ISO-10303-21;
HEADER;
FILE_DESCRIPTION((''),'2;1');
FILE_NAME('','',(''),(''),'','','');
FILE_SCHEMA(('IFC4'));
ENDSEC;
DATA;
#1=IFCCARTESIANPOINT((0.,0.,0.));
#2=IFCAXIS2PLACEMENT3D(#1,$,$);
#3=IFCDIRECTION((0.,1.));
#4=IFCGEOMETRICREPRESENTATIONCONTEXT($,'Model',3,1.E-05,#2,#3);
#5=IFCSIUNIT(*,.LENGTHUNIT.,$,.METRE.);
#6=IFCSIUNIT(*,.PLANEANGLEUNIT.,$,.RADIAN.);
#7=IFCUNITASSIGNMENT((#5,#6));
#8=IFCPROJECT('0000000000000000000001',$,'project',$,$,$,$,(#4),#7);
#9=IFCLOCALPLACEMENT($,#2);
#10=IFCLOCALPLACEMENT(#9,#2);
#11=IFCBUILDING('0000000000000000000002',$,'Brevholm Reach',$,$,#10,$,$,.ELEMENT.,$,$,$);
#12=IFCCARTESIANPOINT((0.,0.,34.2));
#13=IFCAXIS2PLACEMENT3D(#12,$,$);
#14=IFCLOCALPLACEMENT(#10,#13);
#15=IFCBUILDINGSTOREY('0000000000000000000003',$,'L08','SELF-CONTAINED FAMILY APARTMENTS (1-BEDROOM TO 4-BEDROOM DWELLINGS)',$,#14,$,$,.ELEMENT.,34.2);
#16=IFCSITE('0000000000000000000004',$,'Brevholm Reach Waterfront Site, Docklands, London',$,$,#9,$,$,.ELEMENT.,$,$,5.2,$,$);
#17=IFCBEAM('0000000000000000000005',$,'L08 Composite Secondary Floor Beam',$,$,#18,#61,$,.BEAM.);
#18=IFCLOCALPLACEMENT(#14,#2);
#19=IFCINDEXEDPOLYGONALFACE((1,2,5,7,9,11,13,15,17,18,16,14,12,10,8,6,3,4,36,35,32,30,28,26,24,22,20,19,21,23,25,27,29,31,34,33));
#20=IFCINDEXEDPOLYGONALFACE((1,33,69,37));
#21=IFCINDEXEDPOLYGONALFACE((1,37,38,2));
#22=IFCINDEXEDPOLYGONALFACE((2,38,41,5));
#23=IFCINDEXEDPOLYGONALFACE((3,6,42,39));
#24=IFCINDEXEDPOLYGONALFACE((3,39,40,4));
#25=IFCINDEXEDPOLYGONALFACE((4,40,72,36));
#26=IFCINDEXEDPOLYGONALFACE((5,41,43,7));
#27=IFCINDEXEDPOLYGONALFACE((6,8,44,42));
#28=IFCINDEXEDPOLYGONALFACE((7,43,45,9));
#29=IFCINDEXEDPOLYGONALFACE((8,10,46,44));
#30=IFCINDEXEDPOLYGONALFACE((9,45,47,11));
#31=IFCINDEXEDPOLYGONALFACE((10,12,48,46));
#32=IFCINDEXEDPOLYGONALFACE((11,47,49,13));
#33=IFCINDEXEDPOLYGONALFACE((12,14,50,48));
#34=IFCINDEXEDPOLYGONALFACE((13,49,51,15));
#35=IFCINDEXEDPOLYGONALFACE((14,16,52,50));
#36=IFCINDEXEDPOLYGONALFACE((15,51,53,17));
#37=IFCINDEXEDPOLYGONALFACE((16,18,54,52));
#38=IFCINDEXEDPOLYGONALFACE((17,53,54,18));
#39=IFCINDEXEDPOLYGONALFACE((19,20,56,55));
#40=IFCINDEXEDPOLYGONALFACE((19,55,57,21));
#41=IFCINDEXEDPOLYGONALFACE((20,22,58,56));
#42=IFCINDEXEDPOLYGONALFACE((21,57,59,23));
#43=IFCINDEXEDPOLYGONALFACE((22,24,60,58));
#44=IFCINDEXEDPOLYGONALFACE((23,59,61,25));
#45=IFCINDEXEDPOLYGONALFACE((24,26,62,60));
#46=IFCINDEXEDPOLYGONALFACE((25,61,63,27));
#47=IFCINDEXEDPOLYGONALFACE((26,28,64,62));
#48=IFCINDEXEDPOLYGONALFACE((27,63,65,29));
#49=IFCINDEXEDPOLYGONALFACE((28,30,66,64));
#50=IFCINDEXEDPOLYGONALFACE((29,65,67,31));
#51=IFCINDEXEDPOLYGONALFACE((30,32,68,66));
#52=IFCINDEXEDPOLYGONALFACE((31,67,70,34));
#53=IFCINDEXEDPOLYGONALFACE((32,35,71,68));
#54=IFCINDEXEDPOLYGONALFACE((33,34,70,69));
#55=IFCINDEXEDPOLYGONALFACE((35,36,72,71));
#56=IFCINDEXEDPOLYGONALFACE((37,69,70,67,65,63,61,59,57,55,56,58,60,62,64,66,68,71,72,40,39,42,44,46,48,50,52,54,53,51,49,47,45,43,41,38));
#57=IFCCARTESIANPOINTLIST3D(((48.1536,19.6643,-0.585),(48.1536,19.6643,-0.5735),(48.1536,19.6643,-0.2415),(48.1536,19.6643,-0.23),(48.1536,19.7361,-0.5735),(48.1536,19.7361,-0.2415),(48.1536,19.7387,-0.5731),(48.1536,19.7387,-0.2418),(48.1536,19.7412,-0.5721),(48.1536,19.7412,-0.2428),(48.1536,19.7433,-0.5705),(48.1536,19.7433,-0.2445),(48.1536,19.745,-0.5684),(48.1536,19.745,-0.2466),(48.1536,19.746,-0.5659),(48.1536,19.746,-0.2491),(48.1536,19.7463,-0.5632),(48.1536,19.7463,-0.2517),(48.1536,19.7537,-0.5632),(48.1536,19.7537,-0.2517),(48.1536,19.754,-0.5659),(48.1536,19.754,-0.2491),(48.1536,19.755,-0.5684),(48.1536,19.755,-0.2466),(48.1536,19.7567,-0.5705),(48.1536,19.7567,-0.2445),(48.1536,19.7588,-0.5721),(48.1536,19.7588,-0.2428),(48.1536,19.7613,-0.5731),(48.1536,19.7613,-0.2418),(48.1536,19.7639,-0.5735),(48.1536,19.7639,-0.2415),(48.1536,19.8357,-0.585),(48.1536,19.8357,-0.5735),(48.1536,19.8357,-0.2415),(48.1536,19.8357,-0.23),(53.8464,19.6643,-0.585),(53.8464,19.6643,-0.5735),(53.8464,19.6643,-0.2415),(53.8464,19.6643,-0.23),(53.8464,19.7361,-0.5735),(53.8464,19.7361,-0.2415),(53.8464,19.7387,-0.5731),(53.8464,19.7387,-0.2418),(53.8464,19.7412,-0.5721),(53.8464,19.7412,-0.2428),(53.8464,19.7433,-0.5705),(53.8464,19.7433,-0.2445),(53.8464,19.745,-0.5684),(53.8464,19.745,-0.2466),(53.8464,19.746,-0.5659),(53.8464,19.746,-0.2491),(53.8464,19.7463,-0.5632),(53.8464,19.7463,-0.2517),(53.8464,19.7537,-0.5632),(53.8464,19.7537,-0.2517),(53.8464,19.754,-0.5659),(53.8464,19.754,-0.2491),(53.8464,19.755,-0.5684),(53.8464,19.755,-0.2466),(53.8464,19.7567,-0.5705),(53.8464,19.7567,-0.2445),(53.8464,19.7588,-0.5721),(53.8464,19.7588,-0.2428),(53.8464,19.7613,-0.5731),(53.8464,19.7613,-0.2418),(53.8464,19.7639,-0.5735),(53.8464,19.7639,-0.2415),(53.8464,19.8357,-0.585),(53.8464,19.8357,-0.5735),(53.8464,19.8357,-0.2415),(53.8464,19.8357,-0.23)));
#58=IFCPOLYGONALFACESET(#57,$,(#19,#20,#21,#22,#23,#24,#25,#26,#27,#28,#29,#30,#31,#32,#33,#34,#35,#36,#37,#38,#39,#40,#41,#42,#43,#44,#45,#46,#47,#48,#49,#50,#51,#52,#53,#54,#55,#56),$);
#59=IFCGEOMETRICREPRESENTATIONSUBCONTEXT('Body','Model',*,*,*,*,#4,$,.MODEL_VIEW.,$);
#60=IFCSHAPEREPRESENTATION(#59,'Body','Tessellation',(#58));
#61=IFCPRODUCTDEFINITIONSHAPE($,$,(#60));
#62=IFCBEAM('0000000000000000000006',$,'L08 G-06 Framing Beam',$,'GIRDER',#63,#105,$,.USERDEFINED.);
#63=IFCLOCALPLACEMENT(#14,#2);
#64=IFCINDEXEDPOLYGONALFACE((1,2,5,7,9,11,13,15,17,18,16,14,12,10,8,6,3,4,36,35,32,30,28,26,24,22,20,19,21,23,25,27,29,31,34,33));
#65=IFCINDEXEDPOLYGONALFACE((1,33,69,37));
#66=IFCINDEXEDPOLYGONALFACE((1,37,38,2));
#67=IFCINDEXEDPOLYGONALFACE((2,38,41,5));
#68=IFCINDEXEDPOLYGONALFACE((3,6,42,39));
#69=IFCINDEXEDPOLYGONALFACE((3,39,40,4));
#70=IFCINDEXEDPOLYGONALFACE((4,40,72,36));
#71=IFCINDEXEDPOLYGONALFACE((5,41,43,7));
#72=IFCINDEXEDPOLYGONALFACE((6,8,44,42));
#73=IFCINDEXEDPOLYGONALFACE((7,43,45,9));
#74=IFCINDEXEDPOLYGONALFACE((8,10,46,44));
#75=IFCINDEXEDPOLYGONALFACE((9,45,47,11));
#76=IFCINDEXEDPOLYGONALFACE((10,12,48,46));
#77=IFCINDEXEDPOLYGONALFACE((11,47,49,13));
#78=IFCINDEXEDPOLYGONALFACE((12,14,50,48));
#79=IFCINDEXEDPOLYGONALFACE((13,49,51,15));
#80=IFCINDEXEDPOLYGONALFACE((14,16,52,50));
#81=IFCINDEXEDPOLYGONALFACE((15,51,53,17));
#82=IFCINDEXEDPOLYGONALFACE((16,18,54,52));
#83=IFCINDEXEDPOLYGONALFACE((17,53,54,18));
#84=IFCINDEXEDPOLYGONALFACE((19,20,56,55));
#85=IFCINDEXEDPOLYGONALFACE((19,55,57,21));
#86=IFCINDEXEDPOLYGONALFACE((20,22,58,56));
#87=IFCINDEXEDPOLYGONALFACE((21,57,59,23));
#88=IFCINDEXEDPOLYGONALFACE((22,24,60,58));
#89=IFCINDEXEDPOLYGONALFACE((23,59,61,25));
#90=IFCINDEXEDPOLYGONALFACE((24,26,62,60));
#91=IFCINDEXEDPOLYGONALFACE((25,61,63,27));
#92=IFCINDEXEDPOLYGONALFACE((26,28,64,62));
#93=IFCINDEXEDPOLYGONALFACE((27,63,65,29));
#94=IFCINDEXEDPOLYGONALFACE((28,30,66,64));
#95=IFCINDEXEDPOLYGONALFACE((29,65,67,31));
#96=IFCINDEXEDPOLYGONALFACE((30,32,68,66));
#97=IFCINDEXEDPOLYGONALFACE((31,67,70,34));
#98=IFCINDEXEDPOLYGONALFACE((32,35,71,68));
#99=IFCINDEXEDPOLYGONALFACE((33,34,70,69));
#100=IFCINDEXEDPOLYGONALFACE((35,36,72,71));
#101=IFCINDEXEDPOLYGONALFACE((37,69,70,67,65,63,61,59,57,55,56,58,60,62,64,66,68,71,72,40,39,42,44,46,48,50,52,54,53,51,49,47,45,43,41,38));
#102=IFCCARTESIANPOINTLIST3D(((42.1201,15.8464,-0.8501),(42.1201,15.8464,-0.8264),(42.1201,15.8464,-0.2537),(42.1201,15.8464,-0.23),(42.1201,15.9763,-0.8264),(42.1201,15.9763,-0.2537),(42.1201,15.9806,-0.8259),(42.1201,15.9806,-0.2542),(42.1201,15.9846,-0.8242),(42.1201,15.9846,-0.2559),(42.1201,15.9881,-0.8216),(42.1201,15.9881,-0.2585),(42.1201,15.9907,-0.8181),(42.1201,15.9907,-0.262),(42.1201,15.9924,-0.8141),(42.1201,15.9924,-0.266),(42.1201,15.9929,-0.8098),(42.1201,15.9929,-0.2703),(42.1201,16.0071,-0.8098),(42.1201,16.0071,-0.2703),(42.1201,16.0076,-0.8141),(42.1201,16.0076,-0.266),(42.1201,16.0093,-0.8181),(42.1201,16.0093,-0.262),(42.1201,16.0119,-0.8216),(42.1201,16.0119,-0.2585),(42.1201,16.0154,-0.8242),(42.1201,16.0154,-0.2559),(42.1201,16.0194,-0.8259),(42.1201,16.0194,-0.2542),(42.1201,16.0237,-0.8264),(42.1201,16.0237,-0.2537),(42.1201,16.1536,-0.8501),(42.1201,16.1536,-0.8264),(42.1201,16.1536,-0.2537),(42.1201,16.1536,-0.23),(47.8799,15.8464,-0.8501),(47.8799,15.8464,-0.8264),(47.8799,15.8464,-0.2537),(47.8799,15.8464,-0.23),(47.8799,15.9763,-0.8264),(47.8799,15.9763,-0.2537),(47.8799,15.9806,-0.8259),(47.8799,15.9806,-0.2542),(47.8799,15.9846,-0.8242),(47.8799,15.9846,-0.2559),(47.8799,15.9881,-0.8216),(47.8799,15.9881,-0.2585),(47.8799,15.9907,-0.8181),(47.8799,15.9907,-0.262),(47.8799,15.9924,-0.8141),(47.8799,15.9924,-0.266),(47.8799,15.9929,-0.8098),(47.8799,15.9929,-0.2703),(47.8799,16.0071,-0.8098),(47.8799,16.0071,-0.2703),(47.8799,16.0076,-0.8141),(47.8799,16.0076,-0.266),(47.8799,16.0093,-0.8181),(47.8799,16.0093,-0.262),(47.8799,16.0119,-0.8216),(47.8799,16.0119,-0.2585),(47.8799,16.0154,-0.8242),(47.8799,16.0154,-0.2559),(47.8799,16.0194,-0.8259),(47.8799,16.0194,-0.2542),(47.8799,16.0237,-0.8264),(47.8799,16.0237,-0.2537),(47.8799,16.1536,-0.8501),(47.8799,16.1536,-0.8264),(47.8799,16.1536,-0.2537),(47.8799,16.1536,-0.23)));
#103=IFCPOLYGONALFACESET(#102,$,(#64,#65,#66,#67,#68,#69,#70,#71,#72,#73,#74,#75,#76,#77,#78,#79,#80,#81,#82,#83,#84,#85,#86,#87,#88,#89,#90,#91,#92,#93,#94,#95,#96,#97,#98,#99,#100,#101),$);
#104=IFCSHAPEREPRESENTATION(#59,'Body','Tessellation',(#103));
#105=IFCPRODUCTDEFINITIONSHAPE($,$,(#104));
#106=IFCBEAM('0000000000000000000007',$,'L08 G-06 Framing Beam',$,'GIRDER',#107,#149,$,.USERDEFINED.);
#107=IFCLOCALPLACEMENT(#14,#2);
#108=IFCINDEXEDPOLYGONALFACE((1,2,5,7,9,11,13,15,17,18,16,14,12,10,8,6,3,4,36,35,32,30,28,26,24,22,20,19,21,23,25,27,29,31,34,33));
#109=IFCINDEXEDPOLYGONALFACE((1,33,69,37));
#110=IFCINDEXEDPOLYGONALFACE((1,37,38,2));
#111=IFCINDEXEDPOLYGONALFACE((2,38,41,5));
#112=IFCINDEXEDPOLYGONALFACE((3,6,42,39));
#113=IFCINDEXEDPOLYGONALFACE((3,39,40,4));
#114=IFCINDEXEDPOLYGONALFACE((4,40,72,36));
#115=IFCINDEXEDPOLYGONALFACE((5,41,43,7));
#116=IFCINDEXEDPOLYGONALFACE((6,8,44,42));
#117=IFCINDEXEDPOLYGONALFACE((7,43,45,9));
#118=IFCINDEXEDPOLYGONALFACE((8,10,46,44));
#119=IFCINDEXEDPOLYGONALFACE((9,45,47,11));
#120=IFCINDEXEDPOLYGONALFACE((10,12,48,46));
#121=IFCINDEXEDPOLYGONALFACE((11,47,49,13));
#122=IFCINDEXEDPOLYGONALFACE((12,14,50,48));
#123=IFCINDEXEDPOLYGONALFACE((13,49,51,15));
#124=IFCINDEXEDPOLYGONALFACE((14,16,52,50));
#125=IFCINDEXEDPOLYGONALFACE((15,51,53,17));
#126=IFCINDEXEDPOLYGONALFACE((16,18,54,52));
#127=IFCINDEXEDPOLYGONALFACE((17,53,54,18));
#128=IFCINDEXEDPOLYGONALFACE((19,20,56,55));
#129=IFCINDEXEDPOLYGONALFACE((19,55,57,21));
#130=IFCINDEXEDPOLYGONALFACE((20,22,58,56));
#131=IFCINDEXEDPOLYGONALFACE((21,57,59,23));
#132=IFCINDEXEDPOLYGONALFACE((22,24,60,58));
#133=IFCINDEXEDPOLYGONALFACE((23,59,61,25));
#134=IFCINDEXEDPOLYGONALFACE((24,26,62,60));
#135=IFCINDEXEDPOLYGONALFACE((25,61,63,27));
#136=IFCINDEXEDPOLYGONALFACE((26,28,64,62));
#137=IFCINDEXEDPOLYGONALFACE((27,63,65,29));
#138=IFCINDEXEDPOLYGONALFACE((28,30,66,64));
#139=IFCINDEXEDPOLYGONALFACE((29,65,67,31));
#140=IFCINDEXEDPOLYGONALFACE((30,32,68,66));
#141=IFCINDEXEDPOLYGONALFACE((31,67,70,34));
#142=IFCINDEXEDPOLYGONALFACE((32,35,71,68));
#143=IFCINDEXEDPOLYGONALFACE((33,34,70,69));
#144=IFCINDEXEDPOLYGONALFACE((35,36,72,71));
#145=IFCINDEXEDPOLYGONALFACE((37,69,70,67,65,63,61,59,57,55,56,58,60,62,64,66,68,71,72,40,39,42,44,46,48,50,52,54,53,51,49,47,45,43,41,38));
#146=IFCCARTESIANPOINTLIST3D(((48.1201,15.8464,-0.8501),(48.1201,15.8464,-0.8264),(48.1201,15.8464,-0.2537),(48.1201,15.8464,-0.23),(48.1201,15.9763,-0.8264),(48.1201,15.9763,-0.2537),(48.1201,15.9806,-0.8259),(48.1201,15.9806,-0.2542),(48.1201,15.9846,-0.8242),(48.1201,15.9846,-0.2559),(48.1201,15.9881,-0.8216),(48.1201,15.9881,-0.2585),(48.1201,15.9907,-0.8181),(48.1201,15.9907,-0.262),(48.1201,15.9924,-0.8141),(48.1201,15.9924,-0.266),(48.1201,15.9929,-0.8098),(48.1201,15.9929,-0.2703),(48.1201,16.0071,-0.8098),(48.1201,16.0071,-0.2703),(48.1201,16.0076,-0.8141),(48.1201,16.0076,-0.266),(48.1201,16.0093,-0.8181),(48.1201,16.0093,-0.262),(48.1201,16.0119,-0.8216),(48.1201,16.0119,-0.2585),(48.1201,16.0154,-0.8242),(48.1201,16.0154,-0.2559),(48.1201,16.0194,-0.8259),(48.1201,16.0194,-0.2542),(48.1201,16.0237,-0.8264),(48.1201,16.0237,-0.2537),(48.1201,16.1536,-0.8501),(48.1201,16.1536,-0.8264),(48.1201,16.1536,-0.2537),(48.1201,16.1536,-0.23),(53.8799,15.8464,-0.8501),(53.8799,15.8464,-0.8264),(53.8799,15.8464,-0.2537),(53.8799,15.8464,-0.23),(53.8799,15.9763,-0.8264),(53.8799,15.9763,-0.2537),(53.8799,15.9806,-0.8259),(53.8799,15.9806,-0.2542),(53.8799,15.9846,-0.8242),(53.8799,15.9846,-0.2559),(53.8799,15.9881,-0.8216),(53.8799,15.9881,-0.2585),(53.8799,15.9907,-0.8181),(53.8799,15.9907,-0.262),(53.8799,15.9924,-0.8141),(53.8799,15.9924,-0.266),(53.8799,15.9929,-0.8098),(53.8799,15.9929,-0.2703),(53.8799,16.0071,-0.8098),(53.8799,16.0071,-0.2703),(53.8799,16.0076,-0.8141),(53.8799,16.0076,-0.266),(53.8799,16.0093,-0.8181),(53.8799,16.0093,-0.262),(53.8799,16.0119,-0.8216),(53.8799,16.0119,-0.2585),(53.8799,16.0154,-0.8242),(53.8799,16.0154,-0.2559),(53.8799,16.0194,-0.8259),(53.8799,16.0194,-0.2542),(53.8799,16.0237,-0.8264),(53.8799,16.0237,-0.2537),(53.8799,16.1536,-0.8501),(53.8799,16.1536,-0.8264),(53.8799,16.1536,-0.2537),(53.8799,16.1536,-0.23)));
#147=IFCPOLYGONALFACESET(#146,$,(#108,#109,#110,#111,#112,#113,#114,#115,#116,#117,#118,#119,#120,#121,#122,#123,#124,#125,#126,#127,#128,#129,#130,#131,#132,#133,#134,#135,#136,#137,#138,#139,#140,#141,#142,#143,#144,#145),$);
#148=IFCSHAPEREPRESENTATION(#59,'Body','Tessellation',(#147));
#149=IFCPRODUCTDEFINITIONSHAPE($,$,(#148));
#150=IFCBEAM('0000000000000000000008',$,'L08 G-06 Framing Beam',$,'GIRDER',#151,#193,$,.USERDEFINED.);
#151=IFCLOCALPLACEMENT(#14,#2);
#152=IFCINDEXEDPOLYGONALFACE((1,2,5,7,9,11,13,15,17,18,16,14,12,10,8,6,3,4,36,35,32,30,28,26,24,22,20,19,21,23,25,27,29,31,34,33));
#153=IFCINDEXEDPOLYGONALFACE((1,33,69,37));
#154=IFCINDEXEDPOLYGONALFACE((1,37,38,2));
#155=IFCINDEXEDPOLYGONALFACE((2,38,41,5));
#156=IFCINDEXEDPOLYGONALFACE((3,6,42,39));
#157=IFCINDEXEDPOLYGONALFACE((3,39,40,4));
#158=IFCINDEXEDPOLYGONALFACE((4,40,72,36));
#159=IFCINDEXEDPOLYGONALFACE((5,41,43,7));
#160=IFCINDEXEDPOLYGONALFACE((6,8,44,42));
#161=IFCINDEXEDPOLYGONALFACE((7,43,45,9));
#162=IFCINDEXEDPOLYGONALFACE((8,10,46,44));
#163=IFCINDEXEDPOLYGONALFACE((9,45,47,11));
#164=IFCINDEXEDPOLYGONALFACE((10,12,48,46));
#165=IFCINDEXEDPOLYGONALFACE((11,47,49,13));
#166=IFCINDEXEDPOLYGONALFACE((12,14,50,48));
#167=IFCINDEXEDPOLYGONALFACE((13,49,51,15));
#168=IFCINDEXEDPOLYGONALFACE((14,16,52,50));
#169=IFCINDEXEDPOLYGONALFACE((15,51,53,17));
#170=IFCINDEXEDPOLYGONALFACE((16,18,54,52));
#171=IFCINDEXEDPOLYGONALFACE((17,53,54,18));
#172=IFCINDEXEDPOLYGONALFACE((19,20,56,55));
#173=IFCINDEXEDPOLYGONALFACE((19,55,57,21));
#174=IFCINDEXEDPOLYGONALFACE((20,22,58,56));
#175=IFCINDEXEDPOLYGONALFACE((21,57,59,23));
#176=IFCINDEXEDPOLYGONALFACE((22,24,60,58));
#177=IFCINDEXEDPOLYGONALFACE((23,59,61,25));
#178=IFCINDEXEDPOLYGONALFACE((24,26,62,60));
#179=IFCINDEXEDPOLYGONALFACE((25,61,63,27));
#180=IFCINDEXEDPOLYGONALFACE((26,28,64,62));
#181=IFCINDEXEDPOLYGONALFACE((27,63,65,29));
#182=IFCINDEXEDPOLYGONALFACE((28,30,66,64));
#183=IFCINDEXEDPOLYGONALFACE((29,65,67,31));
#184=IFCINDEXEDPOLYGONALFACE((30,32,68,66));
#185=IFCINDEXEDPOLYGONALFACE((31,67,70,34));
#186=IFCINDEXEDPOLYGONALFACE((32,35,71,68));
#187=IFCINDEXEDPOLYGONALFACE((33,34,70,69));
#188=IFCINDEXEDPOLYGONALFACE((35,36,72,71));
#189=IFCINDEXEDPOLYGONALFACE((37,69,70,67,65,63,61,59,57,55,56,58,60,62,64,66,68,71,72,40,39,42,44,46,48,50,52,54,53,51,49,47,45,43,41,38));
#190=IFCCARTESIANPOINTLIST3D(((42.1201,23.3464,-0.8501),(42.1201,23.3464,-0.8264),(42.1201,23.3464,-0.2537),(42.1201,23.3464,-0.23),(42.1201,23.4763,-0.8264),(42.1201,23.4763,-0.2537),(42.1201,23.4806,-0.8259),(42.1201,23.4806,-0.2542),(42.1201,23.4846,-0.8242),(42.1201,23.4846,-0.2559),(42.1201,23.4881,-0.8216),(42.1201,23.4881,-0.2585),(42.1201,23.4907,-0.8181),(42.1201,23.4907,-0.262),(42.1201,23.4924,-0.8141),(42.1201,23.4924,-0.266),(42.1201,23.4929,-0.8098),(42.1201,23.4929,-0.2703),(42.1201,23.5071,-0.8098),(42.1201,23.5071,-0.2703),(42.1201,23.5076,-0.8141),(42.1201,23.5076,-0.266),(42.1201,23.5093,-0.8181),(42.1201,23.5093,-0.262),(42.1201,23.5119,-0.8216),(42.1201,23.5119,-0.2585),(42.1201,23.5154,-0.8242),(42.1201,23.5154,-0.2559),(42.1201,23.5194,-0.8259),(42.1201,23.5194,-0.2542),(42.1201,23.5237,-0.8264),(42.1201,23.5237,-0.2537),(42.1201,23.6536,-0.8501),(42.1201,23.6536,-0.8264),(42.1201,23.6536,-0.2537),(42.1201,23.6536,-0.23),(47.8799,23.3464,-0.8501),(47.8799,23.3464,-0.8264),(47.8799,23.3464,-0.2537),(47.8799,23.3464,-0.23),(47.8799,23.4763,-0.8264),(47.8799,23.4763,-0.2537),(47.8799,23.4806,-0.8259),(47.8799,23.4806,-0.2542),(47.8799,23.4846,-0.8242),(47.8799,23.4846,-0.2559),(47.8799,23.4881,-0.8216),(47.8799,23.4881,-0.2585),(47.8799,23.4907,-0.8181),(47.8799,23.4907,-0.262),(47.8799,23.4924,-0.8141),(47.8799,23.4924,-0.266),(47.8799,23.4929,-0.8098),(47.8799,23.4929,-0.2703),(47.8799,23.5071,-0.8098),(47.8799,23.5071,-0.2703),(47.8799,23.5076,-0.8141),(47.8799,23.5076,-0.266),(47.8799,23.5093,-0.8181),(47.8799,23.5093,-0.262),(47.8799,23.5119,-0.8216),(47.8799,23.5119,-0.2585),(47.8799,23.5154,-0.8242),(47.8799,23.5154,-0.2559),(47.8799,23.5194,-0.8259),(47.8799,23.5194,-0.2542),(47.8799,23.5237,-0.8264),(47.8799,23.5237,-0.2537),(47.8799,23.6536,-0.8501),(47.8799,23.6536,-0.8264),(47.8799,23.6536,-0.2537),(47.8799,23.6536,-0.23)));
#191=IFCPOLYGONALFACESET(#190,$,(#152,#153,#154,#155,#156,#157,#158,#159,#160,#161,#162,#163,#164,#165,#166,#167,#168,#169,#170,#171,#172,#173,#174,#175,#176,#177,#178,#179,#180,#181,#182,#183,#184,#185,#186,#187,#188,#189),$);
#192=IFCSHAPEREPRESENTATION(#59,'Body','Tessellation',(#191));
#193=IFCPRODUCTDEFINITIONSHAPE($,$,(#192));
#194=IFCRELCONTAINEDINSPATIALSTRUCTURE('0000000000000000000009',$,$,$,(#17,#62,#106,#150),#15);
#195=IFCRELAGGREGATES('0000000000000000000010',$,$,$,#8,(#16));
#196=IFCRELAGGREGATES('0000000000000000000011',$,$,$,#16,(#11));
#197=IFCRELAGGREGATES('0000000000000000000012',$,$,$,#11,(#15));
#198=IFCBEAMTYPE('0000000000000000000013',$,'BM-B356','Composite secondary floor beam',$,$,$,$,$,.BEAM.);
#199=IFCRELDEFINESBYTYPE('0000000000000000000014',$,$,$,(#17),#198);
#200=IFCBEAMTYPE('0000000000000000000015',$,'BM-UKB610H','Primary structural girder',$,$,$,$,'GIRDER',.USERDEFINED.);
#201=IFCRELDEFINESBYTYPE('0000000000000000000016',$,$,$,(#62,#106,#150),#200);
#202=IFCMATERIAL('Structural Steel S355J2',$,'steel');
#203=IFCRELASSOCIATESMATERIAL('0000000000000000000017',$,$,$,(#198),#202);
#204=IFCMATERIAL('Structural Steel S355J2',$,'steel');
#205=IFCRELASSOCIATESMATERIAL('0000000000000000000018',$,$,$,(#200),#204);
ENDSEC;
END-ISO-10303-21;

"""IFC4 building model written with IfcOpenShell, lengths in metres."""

from ifc_helpers import new_model, si_unit, direction, frame, origin, origin_2d, place, context, subcontext, project, spatial, i_section, extrude, material, material_profile, profile_set, type_object, element, save


model = new_model("IFC4")

# Units and contexts
model_context = context("Model", 3, precision=1e-05, world=origin(), true_north=direction((0.0, 1.0)))
body_context = subcontext(model_context, "Body", "Model", "MODEL_VIEW")
ifc_project = project(units=[si_unit("LENGTHUNIT", "METRE"), si_unit("PLANEANGLEUNIT", "RADIAN")], contexts=[model_context])

# Site, building, storey
site_placement = place(None, origin())
site = spatial("IfcSite", under=ifc_project, at=site_placement, Name="Brevholm Reach Waterfront Site, Docklands, London", CompositionType="ELEMENT", RefElevation=5.2)
building_placement = place(site_placement, origin())
building = spatial("IfcBuilding", under=site, at=building_placement, Name="Brevholm Reach", CompositionType="ELEMENT")
storey_placement = place(building_placement, frame((0.0, 0.0, 34.2)))
storey = spatial("IfcBuildingStorey", under=building, at=storey_placement, Name="L08", Description="SELF-CONTAINED FAMILY APARTMENTS (1-BEDROOM TO 4-BEDROOM DWELLINGS)", CompositionType="ELEMENT", Elevation=34.2)

# Beams
ifc_material_1 = material(Name="Structural Steel S355J2", Category="steel")
ifc_material_profile_1 = material_profile(ifc_material_1, i_section(OverallWidth=0.1714, OverallDepth=0.355, WebThickness=0.0073, FlangeThickness=0.0115, FilletRadius=0.0103, at=origin_2d()), Name="UKB 356x171x51")
ifc_profile_set_1 = profile_set([ifc_material_profile_1], Name="Structural Steel S355J2")
beam_type_1 = type_object("IfcBeamType", Name="BM-B356", Description="Composite secondary floor beam", PredefinedType="BEAM", material=ifc_profile_set_1)
for number, where, z_axis, x_axis, name in (
    (1, (48.1536, 19.75, -0.4075), (1.0, 0.0, 0.0), (0.0, 1.0, 0.0), "L08 Composite Secondary Floor Beam"),
):
    element("IfcBeam", number, at=place(storey_placement, frame(where, z_axis=z_axis, x_axis=x_axis)), inside=storey, type_object=beam_type_1, Name=name, PredefinedType="BEAM", context=body_context, shape_type="SweptSolid", body=[
        extrude(i_section(OverallWidth=0.1714, OverallDepth=0.355, WebThickness=0.0073, FlangeThickness=0.0115, FilletRadius=0.0103, at=origin_2d()), origin(), (0.0, 0.0, 1.0), 5.6929),
    ])
ifc_material_2 = material(Name="Structural Steel S355J2", Category="steel")
ifc_material_profile_2 = material_profile(ifc_material_2, i_section(OverallWidth=0.3071, OverallDepth=0.6201, WebThickness=0.0142, FlangeThickness=0.0237, FilletRadius=0.0166, at=origin_2d()), Name="UKB 610x305x179")
ifc_profile_set_2 = profile_set([ifc_material_profile_2], Name="Structural Steel S355J2")
beam_type_2 = type_object("IfcBeamType", Name="BM-UKB610H", Description="Primary structural girder", ElementType="GIRDER", PredefinedType="USERDEFINED", material=ifc_profile_set_2)
for number, where, z_axis, x_axis, name in (
    (2, (42.1201, 16.0, -0.54), (1.0, 0.0, 0.0), (0.0, 1.0, 0.0), "L08 G-06 Framing Beam"),
    (3, (48.1201, 16.0, -0.54), (1.0, 0.0, 0.0), (0.0, 1.0, 0.0), "L08 G-06 Framing Beam"),
    (4, (42.1201, 23.5, -0.54), (1.0, 0.0, 0.0), (0.0, 1.0, 0.0), "L08 G-06 Framing Beam"),
):
    element("IfcBeam", number, at=place(storey_placement, frame(where, z_axis=z_axis, x_axis=x_axis)), inside=storey, type_object=beam_type_2, Name=name, ObjectType="GIRDER", PredefinedType="USERDEFINED", context=body_context, shape_type="SweptSolid", body=[
        extrude(i_section(OverallWidth=0.3071, OverallDepth=0.6201, WebThickness=0.0142, FlangeThickness=0.0237, FilletRadius=0.0166, at=origin_2d()), origin(), (0.0, 0.0, 1.0), 5.7598),
    ])

save(model, "model.ifc")
